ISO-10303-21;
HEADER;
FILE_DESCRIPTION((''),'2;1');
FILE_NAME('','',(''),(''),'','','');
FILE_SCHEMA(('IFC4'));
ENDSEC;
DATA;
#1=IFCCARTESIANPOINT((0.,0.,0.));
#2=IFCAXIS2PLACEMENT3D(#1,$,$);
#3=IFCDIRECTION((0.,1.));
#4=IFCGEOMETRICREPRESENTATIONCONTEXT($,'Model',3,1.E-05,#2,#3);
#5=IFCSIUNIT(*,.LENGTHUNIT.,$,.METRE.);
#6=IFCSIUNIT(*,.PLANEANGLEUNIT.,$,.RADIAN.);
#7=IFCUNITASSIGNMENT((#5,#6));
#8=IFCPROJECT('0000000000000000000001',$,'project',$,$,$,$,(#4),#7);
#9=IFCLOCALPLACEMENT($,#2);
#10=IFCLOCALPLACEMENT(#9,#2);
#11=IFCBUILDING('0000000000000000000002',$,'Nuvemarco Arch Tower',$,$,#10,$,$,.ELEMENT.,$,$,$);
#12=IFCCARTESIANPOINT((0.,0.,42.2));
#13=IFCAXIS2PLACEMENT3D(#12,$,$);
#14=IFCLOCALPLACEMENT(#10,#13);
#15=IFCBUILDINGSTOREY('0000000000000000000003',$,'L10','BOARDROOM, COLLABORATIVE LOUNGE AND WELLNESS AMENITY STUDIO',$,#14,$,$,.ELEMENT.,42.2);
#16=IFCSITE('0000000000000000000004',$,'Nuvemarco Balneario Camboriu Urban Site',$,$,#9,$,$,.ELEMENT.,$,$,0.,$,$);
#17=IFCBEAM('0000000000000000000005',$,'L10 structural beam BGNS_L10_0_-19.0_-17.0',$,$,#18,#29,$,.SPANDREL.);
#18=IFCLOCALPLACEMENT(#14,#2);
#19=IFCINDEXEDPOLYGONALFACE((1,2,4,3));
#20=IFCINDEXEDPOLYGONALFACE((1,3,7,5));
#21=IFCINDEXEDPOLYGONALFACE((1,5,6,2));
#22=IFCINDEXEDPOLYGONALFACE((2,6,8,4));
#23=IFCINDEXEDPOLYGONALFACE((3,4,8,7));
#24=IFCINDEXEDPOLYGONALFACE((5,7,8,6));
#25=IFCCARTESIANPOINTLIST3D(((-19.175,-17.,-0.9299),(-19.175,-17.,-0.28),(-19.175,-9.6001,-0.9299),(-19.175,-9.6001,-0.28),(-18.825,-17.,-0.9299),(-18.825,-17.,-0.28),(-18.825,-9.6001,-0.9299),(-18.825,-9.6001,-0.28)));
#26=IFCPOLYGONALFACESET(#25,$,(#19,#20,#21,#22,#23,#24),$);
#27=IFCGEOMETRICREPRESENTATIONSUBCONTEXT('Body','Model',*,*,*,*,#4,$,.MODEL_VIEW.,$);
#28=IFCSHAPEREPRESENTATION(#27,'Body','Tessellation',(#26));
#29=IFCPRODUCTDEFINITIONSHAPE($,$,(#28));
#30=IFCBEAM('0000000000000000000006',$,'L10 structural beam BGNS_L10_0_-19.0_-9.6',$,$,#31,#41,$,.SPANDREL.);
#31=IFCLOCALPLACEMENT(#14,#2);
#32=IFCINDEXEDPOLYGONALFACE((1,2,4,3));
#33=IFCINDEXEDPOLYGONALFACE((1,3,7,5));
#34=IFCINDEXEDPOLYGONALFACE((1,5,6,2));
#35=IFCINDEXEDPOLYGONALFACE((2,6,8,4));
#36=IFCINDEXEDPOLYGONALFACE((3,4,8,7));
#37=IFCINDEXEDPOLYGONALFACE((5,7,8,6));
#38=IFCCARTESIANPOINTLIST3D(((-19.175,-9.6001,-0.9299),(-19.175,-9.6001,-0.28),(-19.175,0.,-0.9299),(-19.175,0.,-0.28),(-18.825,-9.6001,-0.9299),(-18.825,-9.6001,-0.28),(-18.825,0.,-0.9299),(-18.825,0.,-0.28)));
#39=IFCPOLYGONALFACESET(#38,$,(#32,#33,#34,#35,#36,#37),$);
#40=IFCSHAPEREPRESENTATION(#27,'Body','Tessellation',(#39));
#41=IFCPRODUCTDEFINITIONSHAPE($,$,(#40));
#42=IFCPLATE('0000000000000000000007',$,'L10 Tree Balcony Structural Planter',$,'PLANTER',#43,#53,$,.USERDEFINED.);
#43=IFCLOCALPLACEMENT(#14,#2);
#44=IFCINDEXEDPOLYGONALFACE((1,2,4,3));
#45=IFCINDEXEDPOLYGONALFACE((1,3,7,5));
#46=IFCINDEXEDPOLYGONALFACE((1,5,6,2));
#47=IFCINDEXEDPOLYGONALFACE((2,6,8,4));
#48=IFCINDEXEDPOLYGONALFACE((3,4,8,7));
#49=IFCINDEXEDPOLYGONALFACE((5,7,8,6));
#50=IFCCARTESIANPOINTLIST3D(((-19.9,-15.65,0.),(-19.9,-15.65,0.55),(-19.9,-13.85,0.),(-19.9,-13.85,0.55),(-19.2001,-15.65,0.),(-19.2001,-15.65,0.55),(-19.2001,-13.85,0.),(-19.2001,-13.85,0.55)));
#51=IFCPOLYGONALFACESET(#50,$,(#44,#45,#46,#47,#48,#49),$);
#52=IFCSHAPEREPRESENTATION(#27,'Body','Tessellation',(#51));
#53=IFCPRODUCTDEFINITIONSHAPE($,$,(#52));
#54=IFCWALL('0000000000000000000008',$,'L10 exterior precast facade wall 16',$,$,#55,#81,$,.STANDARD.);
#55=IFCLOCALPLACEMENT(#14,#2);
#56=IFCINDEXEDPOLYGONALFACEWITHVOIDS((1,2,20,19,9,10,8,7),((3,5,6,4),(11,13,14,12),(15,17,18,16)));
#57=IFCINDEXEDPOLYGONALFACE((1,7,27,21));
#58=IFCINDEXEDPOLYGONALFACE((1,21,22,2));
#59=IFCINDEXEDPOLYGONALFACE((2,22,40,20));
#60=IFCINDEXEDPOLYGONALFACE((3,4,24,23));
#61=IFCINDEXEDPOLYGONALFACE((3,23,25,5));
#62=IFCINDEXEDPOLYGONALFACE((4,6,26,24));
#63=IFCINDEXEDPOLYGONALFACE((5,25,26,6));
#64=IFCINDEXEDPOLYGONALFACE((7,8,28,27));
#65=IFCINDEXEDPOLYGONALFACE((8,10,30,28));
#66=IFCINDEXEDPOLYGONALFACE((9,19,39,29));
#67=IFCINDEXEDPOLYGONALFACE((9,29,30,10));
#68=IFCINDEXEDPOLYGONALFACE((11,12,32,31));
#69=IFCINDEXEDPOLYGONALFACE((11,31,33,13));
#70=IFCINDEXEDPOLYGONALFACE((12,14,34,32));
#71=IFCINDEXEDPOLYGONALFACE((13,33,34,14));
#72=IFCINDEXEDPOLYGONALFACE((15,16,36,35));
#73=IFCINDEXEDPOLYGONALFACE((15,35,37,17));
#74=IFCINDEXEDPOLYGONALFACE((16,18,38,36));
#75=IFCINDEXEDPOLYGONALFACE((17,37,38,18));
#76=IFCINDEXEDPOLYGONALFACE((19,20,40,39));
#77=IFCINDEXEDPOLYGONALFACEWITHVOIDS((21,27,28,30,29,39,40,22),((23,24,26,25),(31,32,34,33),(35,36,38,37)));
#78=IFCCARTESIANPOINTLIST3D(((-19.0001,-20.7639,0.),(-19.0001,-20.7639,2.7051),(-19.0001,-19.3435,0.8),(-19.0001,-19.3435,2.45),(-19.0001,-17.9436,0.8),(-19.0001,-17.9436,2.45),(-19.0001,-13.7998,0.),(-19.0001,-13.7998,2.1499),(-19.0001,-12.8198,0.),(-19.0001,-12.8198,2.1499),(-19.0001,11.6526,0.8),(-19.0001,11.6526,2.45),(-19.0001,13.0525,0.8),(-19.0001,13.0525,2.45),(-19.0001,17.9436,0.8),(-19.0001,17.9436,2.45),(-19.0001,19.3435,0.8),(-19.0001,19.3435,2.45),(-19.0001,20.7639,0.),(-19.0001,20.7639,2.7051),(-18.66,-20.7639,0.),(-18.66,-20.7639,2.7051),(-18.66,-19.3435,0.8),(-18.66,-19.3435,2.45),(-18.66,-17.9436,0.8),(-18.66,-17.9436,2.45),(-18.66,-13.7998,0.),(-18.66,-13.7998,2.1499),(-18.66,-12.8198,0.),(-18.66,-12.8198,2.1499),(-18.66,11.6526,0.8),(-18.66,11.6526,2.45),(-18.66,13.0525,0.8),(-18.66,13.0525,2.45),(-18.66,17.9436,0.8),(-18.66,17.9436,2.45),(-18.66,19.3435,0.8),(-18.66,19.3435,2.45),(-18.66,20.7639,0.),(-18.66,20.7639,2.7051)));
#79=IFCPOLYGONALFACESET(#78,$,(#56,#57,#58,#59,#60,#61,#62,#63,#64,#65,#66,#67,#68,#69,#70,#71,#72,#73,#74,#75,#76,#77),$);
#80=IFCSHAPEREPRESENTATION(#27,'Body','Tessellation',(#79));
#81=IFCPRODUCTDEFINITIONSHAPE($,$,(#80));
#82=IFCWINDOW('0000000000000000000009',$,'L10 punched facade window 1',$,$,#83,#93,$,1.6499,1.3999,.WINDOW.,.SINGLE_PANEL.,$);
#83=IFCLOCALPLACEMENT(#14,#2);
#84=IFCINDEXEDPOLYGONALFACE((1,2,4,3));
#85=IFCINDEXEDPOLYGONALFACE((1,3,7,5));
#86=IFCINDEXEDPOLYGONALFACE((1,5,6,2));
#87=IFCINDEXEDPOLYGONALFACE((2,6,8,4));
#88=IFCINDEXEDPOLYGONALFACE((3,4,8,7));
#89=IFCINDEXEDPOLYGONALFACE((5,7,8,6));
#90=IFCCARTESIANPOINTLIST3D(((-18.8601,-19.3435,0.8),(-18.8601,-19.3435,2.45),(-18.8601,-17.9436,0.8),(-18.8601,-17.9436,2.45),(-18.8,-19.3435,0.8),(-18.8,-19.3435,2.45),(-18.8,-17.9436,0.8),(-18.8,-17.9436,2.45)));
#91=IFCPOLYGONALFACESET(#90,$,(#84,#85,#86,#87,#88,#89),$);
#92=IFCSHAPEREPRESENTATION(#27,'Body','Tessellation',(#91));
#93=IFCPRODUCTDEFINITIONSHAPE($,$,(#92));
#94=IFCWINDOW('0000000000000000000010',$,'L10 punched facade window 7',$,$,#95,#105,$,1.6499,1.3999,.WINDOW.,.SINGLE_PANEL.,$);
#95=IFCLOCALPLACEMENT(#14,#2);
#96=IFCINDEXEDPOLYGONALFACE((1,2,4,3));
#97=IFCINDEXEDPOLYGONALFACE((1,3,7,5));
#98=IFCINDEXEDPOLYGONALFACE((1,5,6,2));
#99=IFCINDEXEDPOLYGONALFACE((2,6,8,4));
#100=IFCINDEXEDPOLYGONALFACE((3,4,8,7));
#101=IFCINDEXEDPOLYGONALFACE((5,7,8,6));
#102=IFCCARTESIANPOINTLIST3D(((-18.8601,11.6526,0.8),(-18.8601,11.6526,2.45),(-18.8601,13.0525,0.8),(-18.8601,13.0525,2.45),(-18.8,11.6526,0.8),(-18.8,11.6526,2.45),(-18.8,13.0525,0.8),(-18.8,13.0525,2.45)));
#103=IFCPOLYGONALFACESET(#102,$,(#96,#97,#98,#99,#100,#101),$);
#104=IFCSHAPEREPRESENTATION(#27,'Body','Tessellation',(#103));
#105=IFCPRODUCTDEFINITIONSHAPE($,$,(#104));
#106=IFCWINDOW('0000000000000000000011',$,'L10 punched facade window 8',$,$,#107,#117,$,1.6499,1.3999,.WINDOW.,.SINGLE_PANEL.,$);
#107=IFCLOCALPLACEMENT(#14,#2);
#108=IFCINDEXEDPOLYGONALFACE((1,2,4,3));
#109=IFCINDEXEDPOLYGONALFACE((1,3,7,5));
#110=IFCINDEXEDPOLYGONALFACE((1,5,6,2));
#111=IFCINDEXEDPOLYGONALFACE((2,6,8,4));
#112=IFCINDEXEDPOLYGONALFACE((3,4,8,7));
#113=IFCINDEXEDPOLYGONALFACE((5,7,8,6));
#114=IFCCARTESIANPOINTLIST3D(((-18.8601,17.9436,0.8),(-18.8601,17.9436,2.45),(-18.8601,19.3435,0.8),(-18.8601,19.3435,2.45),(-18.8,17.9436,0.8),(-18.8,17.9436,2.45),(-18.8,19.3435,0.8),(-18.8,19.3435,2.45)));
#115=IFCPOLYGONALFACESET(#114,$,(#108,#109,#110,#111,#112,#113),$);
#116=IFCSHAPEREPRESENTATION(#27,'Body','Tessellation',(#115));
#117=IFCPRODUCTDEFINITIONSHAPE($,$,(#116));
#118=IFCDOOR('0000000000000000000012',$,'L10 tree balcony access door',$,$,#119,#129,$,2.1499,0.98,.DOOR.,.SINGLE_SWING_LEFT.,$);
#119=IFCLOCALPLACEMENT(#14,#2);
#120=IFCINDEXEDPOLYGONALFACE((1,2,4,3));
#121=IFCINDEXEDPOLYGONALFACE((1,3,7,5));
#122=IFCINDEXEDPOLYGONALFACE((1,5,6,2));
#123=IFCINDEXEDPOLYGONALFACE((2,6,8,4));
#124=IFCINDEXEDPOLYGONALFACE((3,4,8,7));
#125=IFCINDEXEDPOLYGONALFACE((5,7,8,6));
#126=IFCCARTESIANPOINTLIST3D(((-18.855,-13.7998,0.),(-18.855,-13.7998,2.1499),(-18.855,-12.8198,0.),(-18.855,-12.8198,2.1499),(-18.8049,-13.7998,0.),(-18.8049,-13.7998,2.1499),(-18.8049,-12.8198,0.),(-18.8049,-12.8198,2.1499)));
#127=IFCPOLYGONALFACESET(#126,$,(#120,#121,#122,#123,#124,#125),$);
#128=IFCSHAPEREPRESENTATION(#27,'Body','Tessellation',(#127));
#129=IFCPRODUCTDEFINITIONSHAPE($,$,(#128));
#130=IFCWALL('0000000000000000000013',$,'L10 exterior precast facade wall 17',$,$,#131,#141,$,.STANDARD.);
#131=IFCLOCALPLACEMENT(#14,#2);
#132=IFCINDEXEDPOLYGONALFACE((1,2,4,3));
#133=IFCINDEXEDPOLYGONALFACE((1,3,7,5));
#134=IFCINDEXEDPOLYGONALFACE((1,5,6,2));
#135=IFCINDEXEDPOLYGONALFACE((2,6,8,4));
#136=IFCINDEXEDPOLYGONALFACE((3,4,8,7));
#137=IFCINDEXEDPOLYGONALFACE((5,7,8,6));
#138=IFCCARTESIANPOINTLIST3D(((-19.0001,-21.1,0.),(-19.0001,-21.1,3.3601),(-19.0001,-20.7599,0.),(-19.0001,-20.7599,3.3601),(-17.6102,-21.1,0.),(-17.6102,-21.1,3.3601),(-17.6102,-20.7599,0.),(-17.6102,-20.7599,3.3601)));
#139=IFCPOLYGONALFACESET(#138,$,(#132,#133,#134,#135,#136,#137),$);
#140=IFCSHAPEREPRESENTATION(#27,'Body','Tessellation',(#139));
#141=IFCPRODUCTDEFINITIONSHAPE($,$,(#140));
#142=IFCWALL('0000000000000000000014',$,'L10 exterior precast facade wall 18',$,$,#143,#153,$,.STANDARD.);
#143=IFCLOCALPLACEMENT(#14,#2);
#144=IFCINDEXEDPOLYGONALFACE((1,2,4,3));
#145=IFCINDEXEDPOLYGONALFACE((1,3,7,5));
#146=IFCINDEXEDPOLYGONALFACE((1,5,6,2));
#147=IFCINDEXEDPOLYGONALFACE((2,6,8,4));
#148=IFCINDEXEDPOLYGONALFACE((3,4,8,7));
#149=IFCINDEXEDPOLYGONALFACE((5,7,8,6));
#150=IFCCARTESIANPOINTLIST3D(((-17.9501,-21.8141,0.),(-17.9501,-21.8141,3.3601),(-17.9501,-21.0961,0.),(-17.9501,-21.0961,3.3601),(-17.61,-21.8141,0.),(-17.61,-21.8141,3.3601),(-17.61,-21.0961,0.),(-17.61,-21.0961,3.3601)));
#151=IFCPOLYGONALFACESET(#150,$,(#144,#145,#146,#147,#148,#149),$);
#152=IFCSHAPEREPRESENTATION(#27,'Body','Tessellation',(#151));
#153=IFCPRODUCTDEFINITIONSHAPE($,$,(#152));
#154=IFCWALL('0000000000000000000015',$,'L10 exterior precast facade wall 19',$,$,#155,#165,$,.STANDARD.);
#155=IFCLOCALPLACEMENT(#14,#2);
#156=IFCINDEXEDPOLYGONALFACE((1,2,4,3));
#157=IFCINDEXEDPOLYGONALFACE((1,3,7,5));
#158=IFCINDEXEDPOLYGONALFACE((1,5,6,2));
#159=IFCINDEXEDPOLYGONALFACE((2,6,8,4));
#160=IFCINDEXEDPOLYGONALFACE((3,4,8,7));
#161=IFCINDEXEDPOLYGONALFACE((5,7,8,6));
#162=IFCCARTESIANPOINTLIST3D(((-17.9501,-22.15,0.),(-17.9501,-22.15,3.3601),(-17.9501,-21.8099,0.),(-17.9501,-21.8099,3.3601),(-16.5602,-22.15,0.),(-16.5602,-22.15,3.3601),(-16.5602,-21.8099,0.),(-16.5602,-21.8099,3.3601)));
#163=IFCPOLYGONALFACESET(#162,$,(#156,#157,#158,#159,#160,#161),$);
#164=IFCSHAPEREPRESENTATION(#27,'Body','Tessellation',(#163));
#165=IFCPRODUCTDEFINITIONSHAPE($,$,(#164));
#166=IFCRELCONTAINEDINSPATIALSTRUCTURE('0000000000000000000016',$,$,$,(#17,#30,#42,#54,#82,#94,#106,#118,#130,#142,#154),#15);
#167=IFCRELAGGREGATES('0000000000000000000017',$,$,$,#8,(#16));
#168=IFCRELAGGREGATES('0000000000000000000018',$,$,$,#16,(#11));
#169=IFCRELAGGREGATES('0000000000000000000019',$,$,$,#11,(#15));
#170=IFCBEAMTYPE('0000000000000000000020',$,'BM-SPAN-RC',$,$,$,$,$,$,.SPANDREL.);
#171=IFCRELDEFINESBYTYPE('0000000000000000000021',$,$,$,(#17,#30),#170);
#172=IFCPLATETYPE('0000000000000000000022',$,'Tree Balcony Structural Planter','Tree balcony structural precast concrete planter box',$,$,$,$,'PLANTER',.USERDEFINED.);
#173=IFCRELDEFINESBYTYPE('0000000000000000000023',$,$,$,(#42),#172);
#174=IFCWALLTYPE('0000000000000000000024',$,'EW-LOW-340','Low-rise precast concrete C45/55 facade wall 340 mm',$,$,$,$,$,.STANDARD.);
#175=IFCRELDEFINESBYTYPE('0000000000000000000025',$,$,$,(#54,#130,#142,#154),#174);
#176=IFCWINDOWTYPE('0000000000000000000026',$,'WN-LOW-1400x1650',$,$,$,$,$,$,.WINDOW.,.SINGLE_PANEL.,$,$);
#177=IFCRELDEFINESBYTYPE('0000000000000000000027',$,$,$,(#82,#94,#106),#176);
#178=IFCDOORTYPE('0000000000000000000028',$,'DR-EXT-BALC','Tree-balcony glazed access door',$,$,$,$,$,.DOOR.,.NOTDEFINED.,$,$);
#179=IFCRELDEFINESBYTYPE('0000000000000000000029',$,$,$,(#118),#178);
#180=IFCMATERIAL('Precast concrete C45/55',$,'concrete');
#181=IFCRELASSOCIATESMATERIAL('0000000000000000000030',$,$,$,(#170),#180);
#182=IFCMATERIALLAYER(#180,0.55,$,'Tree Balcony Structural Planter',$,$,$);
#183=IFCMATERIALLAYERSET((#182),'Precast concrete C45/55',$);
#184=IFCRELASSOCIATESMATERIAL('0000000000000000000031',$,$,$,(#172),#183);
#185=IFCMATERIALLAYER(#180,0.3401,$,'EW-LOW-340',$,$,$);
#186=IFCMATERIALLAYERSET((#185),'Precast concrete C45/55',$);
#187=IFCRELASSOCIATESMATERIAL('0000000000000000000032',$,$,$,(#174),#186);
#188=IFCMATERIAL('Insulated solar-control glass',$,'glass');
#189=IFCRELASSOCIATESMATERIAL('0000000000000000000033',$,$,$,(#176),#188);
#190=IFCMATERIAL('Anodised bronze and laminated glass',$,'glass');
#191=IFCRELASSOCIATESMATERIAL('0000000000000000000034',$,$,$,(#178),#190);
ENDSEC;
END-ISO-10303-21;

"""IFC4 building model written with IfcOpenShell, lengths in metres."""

from ifc_helpers import new_model, si_unit, direction, frame, frame_2d, origin, origin_2d, place, context, subcontext, project, spatial, rectangle, extrude, source, transform, mapped, material, layer, layer_set, material_profile, profile_set, type_object, type_shapes, element, fill, save


model = new_model("IFC4")

# Units and contexts
model_context = context("Model", 3, precision=1e-05, world=origin(), true_north=direction((0.0, 1.0)))
body_context = subcontext(model_context, "Body", "Model", "MODEL_VIEW")
ifc_project = project(units=[si_unit("LENGTHUNIT", "METRE"), si_unit("PLANEANGLEUNIT", "RADIAN")], contexts=[model_context])

# Site, building, storey
site_placement = place(None, origin())
site = spatial("IfcSite", under=ifc_project, at=site_placement, Name="Nuvemarco Balneario Camboriu Urban Site", CompositionType="ELEMENT", RefElevation=0.0)
building_placement = place(site_placement, origin())
building = spatial("IfcBuilding", under=site, at=building_placement, Name="Nuvemarco Arch Tower", CompositionType="ELEMENT")
storey_placement = place(building_placement, frame((0.0, 0.0, 42.2)))
storey = spatial("IfcBuildingStorey", under=building, at=storey_placement, Name="L10", Description="BOARDROOM, COLLABORATIVE LOUNGE AND WELLNESS AMENITY STUDIO", CompositionType="ELEMENT", Elevation=42.2)

# Beams
ifc_material_1 = material(Name="Precast concrete C45/55", Category="concrete")
ifc_material_profile_1 = material_profile(ifc_material_1, rectangle(XDim=0.3501, YDim=0.6499, at=origin_2d()), Name="PC-SP-350x650")
ifc_profile_set_1 = profile_set([ifc_material_profile_1], Name="Precast concrete C45/55")
beam_type_1 = type_object("IfcBeamType", Name="BM-SPAN-RC", PredefinedType="SPANDREL", material=ifc_profile_set_1)
beam_1_placement = place(storey_placement, frame((-19.0, -17.0, -0.605), z_axis=(0.0, 1.0, 0.0), x_axis=(-1.0, 0.0, 0.0)))
element("IfcBeam", 1, at=beam_1_placement, inside=storey, type_object=beam_type_1, Name="L10 structural beam BGNS_L10_0_-19.0_-17.0", PredefinedType="SPANDREL", context=body_context, shape_type="SweptSolid", body=[
    extrude(rectangle(XDim=0.3501, YDim=0.6499, at=origin_2d()), origin(), (0.0, 0.0, 1.0), 7.3999),
])
beam_2_placement = place(storey_placement, frame((-19.0, -9.6001, -0.605), z_axis=(0.0, 1.0, 0.0), x_axis=(-1.0, 0.0, 0.0)))
element("IfcBeam", 2, at=beam_2_placement, inside=storey, type_object=beam_type_1, Name="L10 structural beam BGNS_L10_0_-19.0_-9.6", PredefinedType="SPANDREL", context=body_context, shape_type="SweptSolid", body=[
    extrude(rectangle(XDim=0.3501, YDim=0.6499, at=origin_2d()), origin(), (0.0, 0.0, 1.0), 9.6001),
])

# Plate
ifc_layer_1 = layer(ifc_material_1, 0.55, Name="Tree Balcony Structural Planter")
ifc_layer_set_1 = layer_set([ifc_layer_1], Name="Precast concrete C45/55")
plate_type = type_object("IfcPlateType", Name="Tree Balcony Structural Planter", Description="Tree balcony structural precast concrete planter box", ElementType="PLANTER", PredefinedType="USERDEFINED", material=ifc_layer_set_1)
shared_shape_1 = source(origin(), body_context, "Body", "SweptSolid", [
    extrude(rectangle(XDim=1.8, YDim=0.7, at=origin_2d()), origin(), (0.0, 0.0, 1.0), 0.55),
])
type_shapes(plate_type, [shared_shape_1])
plate_placement = place(storey_placement, frame((-19.55, -14.75, 0.0), z_axis=(0.0, 0.0, 1.0), x_axis=(0.0, 1.0, 0.0)))
element("IfcPlate", 3, at=plate_placement, inside=storey, type_object=plate_type, Name="L10 Tree Balcony Structural Planter", ObjectType="PLANTER", PredefinedType="USERDEFINED", context=body_context, shape_type="MappedRepresentation", body=[
    mapped(shared_shape_1, transform((0.0, 0.0, 0.0), scale=1.0)),
])

# Wall, openings, windows, door
ifc_layer_2 = layer(ifc_material_1, 0.3401, Name="EW-LOW-340")
ifc_layer_set_2 = layer_set([ifc_layer_2], Name="Precast concrete C45/55")
wall_type = type_object("IfcWallType", Name="EW-LOW-340", Description="Low-rise precast concrete C45/55 facade wall 340 mm", PredefinedType="STANDARD", material=ifc_layer_set_2)
wall_1_placement = place(storey_placement, frame((-18.8301, -20.7639, 0.0), z_axis=(0.0, 0.0, 1.0), x_axis=(0.0, 1.0, 0.0)))
wall_1 = element("IfcWall", 4, at=wall_1_placement, inside=storey, type_object=wall_type, Name="L10 exterior precast facade wall 16", PredefinedType="STANDARD", context=body_context, shape_type="SweptSolid", body=[
    extrude(rectangle(XDim=41.5278, YDim=0.3401, at=frame_2d((20.7639, 0.0))), origin(), (0.0, 0.0, 1.0), 2.7051),
])
opening_1_placement = place(wall_1_placement, frame((6.9641, 0.0, 0.0)))
opening_1 = element("IfcOpeningElement", 5, at=opening_1_placement, cuts=wall_1, PredefinedType="OPENING", context=body_context, shape_type="SweptSolid", body=[
    extrude(rectangle(XDim=0.98, YDim=2.1499, at=frame_2d((0.49, 1.075))), frame((0.0, 0.1799, 0.0), z_axis=(0.0, -1.0, 0.0), x_axis=(1.0, 0.0, 0.0)), (0.0, 0.0, 1.0), 0.3601),
])
opening_2_placement = place(wall_1_placement, frame((1.4204, 0.0, 0.8)))
opening_2 = element("IfcOpeningElement", 6, at=opening_2_placement, cuts=wall_1, PredefinedType="OPENING", context=body_context, shape_type="SweptSolid", body=[
    extrude(rectangle(XDim=1.3999, YDim=1.6499, at=frame_2d((0.7, 0.825))), frame((0.0, 0.1799, 0.0), z_axis=(0.0, -1.0, 0.0), x_axis=(1.0, 0.0, 0.0)), (0.0, 0.0, 1.0), 0.3601),
])
opening_3_placement = place(wall_1_placement, frame((32.4165, 0.0, 0.8)))
opening_3 = element("IfcOpeningElement", 7, at=opening_3_placement, cuts=wall_1, PredefinedType="OPENING", context=body_context, shape_type="SweptSolid", body=[
    extrude(rectangle(XDim=1.3999, YDim=1.6499, at=frame_2d((0.7, 0.825))), frame((0.0, 0.1799, 0.0), z_axis=(0.0, -1.0, 0.0), x_axis=(1.0, 0.0, 0.0)), (0.0, 0.0, 1.0), 0.3601),
])
opening_4_placement = place(wall_1_placement, frame((38.7075, 0.0, 0.8)))
opening_4 = element("IfcOpeningElement", 8, at=opening_4_placement, cuts=wall_1, PredefinedType="OPENING", context=body_context, shape_type="SweptSolid", body=[
    extrude(rectangle(XDim=1.3999, YDim=1.6499, at=frame_2d((0.7, 0.825))), frame((0.0, 0.1799, 0.0), z_axis=(0.0, -1.0, 0.0), x_axis=(1.0, 0.0, 0.0)), (0.0, 0.0, 1.0), 0.3601),
])
ifc_material_2 = material(Name="Insulated solar-control glass", Category="glass")
window_type = type_object("IfcWindowType", Name="WN-LOW-1400x1650", PartitioningType="SINGLE_PANEL", PredefinedType="WINDOW", material=ifc_material_2)
shared_shape_2 = source(origin(), body_context, "Body", "SweptSolid", [
    extrude(rectangle(XDim=1.3999, YDim=1.6499, at=frame_2d((0.7, 0.825))), frame((0.0, 0.03, 0.0), z_axis=(0.0, -1.0, 0.0), x_axis=(1.0, 0.0, 0.0)), (0.0, 0.0, 1.0), 0.0601),
])
type_shapes(window_type, [shared_shape_2])
window_1_placement = place(opening_2_placement, origin())
window_1 = element("IfcWindow", 9, at=window_1_placement, inside=storey, type_object=window_type, Name="L10 punched facade window 1", OverallHeight=1.6499, OverallWidth=1.3999, PartitioningType="SINGLE_PANEL", PredefinedType="WINDOW", context=body_context, shape_type="MappedRepresentation", body=[
    mapped(shared_shape_2, transform((0.0, 0.0, 0.0), scale=1.0)),
])
fill(opening_2, window_1)
window_2_placement = place(opening_3_placement, origin())
window_2 = element("IfcWindow", 10, at=window_2_placement, inside=storey, type_object=window_type, Name="L10 punched facade window 7", OverallHeight=1.6499, OverallWidth=1.3999, PartitioningType="SINGLE_PANEL", PredefinedType="WINDOW", context=body_context, shape_type="MappedRepresentation", body=[
    mapped(shared_shape_2, transform((0.0, 0.0, 0.0), scale=1.0)),
])
fill(opening_3, window_2)
window_3_placement = place(opening_4_placement, origin())
window_3 = element("IfcWindow", 11, at=window_3_placement, inside=storey, type_object=window_type, Name="L10 punched facade window 8", OverallHeight=1.6499, OverallWidth=1.3999, PartitioningType="SINGLE_PANEL", PredefinedType="WINDOW", context=body_context, shape_type="MappedRepresentation", body=[
    mapped(shared_shape_2, transform((0.0, 0.0, 0.0), scale=1.0)),
])
fill(opening_4, window_3)
ifc_material_3 = material(Name="Anodised bronze and laminated glass", Category="glass")
door_type = type_object("IfcDoorType", Name="DR-EXT-BALC", Description="Tree-balcony glazed access door", OperationType="NOTDEFINED", PredefinedType="DOOR", material=ifc_material_3)
shared_shape_3 = source(origin(), body_context, "Body", "SweptSolid", [
    extrude(rectangle(XDim=0.98, YDim=2.1499, at=frame_2d((0.49, 1.075))), frame((0.0, 0.0249, 0.0), z_axis=(0.0, -1.0, 0.0), x_axis=(1.0, 0.0, 0.0)), (0.0, 0.0, 1.0), 0.05),
])
type_shapes(door_type, [shared_shape_3])
door_placement = place(opening_1_placement, origin())
door = element("IfcDoor", 12, at=door_placement, inside=storey, type_object=door_type, Name="L10 tree balcony access door", OperationType="SINGLE_SWING_LEFT", OverallHeight=2.1499, OverallWidth=0.98, PredefinedType="DOOR", context=body_context, shape_type="MappedRepresentation", body=[
    mapped(shared_shape_3, transform((0.0, 0.0, 0.0), scale=1.0)),
])
fill(opening_1, door)

# Walls
wall_2_placement = place(storey_placement, frame((-19.0, -20.9299, 0.0), z_axis=(0.0, 0.0, 1.0), x_axis=(1.0, 0.0, 0.0)))
element("IfcWall", 13, at=wall_2_placement, inside=storey, type_object=wall_type, Name="L10 exterior precast facade wall 17", PredefinedType="STANDARD", context=body_context, shape_type="SweptSolid", body=[
    extrude(rectangle(XDim=1.3899, YDim=0.3401, at=frame_2d((0.6948, 0.0))), origin(), (0.0, 0.0, 1.0), 3.3601),
])
wall_3_placement = place(storey_placement, frame((-17.78, -21.814, 0.0), z_axis=(0.0, 0.0, 1.0), x_axis=(0.0, 1.0, 0.0)))
element("IfcWall", 14, at=wall_3_placement, inside=storey, type_object=wall_type, Name="L10 exterior precast facade wall 18", PredefinedType="STANDARD", context=body_context, shape_type="SweptSolid", body=[
    extrude(rectangle(XDim=0.718, YDim=0.3401, at=frame_2d((0.3589, 0.0))), origin(), (0.0, 0.0, 1.0), 3.3601),
])
wall_4_placement = place(storey_placement, frame((-17.95, -21.98, 0.0), z_axis=(0.0, 0.0, 1.0), x_axis=(1.0, 0.0, 0.0)))
element("IfcWall", 15, at=wall_4_placement, inside=storey, type_object=wall_type, Name="L10 exterior precast facade wall 19", PredefinedType="STANDARD", context=body_context, shape_type="SweptSolid", body=[
    extrude(rectangle(XDim=1.3899, YDim=0.3401, at=frame_2d((0.6948, 0.0))), origin(), (0.0, 0.0, 1.0), 3.3601),
])

save(model, "model.ifc")
